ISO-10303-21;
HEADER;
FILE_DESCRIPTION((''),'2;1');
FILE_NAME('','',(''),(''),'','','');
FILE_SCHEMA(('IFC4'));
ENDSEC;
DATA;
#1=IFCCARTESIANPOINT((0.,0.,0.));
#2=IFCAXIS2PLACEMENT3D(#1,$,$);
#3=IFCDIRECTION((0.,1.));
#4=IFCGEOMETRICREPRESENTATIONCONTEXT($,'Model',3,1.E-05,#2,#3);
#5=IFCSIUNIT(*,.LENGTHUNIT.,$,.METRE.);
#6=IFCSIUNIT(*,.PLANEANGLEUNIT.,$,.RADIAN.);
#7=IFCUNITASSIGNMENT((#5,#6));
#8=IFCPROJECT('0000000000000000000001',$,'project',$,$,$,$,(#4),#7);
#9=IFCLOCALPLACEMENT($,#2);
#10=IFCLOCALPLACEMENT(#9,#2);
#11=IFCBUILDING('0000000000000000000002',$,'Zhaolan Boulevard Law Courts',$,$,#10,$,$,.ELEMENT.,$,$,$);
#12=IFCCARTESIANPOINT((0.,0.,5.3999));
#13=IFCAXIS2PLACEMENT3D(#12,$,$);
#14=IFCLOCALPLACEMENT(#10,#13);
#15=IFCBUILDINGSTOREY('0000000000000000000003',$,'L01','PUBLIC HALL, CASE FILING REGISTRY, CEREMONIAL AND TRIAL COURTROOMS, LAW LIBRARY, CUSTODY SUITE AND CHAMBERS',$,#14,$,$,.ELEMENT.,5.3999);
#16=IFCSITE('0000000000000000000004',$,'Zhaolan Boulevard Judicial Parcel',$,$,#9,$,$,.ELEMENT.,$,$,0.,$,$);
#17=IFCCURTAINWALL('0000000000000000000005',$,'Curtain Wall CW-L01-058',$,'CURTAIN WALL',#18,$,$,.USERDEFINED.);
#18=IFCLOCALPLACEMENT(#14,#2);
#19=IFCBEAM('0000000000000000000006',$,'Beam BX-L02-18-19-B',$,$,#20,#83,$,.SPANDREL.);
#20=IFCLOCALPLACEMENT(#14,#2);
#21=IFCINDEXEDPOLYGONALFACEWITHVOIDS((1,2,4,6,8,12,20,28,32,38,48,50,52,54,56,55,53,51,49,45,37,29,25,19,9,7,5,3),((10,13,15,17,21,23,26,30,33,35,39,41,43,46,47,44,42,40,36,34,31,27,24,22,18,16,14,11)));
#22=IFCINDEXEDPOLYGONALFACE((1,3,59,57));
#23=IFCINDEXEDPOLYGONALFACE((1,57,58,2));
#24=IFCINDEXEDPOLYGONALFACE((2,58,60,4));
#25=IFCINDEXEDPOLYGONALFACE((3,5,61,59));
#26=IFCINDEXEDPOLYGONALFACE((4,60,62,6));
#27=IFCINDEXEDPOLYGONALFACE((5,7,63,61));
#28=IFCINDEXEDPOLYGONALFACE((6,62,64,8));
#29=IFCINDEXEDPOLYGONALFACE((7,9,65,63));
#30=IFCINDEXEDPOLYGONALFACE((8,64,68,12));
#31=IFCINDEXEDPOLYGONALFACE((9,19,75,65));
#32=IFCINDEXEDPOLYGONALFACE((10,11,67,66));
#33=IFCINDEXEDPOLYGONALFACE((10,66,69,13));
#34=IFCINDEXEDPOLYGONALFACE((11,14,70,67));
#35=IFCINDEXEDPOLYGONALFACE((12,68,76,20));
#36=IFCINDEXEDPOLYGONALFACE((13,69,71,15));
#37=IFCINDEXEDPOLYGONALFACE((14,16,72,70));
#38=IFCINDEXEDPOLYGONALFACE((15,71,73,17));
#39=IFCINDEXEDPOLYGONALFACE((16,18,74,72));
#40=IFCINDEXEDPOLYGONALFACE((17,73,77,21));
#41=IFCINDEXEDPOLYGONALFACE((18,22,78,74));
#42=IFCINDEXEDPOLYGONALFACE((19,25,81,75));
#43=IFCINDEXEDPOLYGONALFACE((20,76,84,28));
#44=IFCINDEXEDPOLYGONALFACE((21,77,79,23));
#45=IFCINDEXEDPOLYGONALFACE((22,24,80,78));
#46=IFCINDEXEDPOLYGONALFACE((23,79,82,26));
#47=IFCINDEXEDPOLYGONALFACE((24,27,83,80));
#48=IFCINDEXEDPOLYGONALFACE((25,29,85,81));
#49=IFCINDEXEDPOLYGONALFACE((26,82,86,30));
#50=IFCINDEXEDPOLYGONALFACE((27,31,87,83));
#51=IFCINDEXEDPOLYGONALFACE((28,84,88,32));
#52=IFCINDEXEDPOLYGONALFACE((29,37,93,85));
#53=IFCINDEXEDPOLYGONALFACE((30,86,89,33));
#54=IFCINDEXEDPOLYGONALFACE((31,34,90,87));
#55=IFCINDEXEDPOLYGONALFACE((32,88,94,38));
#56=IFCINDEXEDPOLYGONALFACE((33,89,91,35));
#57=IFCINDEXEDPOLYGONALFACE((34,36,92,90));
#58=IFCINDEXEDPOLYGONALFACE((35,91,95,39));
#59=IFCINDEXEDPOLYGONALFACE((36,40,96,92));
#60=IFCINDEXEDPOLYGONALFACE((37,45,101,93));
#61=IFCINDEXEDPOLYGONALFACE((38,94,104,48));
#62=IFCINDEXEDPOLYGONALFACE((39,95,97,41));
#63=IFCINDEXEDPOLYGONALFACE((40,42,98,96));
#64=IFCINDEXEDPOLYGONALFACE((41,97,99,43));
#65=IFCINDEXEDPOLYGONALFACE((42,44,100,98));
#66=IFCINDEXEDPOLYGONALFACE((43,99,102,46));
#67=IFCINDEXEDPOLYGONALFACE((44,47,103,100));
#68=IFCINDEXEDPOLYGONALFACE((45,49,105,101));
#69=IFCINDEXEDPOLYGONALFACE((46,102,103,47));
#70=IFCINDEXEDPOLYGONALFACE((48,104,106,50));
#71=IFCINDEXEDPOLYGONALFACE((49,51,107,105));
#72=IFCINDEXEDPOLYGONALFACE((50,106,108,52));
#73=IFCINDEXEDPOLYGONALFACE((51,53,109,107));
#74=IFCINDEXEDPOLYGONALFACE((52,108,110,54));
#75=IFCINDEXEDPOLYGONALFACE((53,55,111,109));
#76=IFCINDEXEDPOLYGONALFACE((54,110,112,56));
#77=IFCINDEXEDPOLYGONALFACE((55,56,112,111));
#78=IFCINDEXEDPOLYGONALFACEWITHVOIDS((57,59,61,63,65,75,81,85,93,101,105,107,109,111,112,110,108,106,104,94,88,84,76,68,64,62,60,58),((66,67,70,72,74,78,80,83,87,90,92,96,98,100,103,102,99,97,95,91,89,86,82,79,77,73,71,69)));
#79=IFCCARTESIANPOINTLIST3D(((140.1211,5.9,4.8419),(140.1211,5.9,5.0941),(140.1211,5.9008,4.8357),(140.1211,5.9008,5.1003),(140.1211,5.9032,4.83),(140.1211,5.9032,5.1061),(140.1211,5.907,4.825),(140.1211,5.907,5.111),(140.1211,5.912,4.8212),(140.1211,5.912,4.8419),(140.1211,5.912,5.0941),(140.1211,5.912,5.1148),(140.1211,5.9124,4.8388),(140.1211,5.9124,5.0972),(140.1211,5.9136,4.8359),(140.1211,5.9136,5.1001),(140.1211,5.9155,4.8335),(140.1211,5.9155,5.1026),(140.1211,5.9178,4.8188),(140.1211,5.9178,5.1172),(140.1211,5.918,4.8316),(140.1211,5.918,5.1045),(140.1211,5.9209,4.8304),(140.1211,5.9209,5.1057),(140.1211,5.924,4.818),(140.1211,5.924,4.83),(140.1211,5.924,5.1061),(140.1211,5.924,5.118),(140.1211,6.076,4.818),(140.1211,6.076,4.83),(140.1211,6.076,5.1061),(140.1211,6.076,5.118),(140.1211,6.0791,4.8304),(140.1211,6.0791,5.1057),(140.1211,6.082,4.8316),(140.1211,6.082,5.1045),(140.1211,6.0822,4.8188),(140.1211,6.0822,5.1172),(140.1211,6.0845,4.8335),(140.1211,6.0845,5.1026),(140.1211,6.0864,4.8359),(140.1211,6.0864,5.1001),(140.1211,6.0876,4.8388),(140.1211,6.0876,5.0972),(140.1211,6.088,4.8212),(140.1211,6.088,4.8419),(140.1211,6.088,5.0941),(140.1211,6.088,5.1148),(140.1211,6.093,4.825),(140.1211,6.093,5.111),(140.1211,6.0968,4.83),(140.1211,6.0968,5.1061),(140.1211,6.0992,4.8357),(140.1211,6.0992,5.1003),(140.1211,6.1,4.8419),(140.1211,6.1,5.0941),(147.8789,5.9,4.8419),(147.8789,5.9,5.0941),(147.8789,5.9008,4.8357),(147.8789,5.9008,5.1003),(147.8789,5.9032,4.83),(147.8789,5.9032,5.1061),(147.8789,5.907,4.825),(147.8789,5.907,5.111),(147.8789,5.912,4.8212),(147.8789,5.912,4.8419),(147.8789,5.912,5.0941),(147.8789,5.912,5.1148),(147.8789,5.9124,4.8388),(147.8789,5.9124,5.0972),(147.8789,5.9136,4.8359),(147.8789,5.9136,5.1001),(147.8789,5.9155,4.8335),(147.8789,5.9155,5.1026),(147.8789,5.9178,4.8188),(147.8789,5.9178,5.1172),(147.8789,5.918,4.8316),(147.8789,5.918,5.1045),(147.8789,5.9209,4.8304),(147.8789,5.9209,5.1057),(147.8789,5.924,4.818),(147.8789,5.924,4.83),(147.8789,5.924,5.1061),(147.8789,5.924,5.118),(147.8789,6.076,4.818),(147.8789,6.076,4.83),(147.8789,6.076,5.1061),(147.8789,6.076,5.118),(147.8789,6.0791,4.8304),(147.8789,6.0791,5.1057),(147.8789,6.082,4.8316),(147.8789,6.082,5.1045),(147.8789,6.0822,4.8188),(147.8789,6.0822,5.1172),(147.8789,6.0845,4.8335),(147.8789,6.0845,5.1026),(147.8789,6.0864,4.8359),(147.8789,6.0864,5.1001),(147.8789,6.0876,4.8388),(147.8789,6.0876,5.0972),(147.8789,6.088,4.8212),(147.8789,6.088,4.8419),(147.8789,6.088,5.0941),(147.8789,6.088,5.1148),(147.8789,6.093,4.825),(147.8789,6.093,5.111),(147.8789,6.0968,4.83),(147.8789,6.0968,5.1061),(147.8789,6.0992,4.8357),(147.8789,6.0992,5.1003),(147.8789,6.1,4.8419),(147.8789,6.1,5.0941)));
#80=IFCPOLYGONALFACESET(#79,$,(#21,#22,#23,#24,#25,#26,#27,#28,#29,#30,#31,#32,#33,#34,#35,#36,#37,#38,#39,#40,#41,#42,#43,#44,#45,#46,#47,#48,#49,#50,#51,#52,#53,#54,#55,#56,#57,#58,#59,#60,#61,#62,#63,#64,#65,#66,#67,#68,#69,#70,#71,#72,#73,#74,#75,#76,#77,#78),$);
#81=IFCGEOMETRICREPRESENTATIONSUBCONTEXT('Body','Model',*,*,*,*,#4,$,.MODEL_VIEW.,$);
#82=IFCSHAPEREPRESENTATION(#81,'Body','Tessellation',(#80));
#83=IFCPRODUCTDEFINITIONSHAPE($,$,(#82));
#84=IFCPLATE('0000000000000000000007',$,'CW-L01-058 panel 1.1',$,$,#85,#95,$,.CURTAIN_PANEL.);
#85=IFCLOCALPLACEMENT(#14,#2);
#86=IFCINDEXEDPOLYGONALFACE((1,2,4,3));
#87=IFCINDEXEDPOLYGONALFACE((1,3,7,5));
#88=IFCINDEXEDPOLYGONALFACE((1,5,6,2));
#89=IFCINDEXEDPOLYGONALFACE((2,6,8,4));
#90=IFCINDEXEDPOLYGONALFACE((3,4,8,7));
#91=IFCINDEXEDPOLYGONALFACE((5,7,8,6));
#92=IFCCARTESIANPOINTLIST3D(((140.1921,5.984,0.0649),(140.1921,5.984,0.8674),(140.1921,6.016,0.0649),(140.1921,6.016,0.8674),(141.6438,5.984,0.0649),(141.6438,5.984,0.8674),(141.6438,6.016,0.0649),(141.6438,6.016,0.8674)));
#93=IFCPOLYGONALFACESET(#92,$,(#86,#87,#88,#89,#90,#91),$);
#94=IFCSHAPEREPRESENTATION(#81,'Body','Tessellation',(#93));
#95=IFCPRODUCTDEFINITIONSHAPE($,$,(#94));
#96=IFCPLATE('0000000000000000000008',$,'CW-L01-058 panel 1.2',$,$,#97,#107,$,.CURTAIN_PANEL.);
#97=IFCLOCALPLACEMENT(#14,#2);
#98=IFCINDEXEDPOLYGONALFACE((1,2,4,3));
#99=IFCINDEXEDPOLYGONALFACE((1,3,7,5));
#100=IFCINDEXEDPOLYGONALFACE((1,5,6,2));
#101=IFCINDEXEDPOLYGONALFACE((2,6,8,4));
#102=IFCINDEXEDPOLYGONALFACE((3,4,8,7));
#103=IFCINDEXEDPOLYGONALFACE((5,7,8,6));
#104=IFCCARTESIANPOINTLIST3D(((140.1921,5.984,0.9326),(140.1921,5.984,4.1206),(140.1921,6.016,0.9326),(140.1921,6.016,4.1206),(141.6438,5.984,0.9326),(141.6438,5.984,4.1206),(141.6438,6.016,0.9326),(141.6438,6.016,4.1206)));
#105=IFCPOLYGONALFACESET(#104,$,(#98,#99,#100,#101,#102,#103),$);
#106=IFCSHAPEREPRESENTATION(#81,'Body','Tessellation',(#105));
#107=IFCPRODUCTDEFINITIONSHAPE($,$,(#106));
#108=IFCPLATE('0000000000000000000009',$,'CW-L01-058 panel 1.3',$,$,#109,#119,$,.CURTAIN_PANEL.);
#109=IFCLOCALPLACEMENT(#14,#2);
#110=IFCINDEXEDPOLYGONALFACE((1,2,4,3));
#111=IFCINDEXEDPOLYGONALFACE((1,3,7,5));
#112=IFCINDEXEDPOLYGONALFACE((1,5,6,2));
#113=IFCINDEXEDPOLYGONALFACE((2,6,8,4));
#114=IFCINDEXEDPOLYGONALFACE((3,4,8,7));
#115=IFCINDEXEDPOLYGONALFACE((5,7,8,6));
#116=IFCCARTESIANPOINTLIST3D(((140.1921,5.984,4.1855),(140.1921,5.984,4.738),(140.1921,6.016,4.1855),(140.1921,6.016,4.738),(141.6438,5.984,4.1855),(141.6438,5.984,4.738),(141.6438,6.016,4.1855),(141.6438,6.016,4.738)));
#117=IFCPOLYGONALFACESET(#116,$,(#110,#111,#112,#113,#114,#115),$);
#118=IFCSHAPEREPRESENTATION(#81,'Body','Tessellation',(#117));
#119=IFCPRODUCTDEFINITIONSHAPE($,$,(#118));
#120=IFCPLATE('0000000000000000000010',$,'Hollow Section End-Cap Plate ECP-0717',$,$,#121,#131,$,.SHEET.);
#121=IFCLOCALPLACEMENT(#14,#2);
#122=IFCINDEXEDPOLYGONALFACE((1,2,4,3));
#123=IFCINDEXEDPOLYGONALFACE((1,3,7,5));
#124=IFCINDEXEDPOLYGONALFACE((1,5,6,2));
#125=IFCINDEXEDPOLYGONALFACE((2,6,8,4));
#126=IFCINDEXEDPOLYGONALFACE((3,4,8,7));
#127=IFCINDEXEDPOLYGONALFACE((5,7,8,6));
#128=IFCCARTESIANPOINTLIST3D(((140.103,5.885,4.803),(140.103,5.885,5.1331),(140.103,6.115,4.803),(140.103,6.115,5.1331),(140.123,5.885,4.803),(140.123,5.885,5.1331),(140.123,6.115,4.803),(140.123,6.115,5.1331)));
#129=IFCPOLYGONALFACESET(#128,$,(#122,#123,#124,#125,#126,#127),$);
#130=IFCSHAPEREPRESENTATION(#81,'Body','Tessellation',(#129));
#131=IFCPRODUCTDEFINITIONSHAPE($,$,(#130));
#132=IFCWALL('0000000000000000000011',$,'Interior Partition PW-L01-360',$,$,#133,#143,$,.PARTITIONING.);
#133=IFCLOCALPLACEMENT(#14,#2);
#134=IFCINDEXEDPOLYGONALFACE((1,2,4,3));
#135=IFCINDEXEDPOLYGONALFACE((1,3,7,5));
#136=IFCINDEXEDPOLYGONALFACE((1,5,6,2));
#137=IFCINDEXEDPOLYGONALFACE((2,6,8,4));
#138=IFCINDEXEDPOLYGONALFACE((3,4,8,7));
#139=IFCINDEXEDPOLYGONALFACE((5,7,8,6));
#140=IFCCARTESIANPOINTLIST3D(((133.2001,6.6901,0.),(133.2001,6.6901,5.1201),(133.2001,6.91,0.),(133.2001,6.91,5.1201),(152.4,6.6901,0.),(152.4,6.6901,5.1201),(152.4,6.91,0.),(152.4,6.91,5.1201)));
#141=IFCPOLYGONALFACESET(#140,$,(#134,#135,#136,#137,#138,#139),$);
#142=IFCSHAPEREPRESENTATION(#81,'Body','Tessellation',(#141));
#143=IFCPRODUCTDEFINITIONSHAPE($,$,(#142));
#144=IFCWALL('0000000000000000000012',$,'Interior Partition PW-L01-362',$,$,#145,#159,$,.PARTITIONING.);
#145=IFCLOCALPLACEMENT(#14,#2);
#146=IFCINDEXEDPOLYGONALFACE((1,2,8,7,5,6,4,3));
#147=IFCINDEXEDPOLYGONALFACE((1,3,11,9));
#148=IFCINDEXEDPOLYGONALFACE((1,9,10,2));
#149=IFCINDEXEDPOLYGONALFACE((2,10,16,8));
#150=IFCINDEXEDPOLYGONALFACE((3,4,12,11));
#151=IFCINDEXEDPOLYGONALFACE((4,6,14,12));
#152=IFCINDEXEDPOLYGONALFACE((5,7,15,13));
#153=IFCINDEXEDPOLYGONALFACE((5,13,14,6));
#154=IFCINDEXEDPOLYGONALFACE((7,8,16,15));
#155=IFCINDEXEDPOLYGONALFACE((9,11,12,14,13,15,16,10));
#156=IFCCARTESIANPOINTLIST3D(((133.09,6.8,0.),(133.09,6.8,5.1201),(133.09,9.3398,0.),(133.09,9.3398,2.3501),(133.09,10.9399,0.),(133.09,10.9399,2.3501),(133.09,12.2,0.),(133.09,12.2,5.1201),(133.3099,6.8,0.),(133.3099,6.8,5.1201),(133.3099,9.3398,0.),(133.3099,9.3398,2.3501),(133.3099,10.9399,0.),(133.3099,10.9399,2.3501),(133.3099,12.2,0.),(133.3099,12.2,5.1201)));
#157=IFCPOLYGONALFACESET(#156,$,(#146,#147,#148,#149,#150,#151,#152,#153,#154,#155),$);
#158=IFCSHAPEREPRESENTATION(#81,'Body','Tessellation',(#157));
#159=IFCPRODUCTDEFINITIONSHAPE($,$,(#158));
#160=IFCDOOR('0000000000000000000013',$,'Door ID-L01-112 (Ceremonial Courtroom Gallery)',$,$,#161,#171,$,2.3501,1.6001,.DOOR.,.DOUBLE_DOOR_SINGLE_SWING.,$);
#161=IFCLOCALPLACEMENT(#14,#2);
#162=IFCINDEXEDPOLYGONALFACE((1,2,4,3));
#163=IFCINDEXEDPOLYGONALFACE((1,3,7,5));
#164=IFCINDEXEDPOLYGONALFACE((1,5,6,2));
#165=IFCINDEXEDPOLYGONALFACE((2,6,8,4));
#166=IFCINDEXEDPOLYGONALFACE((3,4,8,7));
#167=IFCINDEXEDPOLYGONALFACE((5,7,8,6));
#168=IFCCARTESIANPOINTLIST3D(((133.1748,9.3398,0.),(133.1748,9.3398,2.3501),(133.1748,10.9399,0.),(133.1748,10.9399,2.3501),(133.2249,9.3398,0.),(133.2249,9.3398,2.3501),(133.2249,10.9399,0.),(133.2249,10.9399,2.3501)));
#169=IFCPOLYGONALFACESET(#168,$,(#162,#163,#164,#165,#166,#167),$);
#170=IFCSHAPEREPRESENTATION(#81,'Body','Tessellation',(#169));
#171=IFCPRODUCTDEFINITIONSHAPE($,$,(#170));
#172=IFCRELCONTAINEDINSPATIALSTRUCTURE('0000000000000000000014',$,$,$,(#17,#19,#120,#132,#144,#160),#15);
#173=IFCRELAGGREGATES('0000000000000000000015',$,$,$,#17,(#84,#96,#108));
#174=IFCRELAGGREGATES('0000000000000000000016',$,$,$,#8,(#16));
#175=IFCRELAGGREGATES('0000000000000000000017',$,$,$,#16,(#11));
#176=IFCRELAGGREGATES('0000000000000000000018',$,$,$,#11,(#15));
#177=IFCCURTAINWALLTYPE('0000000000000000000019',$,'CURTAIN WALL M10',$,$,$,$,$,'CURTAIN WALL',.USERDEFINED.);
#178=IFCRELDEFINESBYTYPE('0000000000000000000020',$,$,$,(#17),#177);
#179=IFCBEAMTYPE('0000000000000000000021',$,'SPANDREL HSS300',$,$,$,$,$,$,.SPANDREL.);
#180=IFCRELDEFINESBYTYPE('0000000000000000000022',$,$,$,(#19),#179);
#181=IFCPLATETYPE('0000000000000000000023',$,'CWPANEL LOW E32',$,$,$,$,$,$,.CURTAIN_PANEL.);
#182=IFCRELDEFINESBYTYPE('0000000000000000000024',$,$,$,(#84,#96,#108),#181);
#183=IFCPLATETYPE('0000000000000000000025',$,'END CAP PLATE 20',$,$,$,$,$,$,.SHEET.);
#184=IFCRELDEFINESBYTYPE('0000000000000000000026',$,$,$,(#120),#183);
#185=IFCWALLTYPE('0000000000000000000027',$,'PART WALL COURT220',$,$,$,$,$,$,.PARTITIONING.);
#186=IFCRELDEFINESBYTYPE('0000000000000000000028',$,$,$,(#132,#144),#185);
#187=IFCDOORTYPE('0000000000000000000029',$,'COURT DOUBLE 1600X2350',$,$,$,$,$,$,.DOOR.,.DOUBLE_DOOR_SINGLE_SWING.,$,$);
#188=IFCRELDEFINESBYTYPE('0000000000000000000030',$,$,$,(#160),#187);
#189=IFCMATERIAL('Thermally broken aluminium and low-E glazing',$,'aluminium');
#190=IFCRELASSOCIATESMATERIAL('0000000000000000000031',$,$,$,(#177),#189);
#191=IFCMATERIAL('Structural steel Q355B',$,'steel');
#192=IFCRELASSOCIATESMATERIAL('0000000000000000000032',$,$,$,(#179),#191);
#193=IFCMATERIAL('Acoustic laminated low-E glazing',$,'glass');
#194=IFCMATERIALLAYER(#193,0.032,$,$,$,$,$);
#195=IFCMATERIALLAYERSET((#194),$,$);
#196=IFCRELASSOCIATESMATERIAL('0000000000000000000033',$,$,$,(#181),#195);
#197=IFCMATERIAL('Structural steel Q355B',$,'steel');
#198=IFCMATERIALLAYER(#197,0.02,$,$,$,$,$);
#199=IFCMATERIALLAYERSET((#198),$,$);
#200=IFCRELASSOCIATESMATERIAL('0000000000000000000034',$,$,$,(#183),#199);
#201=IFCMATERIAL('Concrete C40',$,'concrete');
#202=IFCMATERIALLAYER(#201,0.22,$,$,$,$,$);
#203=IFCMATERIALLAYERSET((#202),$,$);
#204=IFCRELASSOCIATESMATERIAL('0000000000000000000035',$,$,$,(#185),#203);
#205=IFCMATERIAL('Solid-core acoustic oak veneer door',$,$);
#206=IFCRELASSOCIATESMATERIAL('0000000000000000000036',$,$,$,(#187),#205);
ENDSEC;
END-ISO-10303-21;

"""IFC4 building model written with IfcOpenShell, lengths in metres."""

from ifc_helpers import new_model, si_unit, direction, frame, frame_2d, origin, origin_2d, place, context, subcontext, project, spatial, rectangle, hollow_rectangle, extrude, material, layer, layer_set, material_profile, profile_set, type_object, element, fill, aggregate, save


model = new_model("IFC4")

# Units and contexts
model_context = context("Model", 3, precision=1e-05, world=origin(), true_north=direction((0.0, 1.0)))
body_context = subcontext(model_context, "Body", "Model", "MODEL_VIEW")
ifc_project = project(units=[si_unit("LENGTHUNIT", "METRE"), si_unit("PLANEANGLEUNIT", "RADIAN")], contexts=[model_context])

# Site, building, storey
site_placement = place(None, origin())
site = spatial("IfcSite", under=ifc_project, at=site_placement, Name="Zhaolan Boulevard Judicial Parcel", CompositionType="ELEMENT", RefElevation=0.0)
building_placement = place(site_placement, origin())
building = spatial("IfcBuilding", under=site, at=building_placement, Name="Zhaolan Boulevard Law Courts", CompositionType="ELEMENT")
storey_placement = place(building_placement, frame((0.0, 0.0, 5.3999)))
storey = spatial("IfcBuildingStorey", under=building, at=storey_placement, Name="L01", Description="PUBLIC HALL, CASE FILING REGISTRY, CEREMONIAL AND TRIAL COURTROOMS, LAW LIBRARY, CUSTODY SUITE AND CHAMBERS", CompositionType="ELEMENT", Elevation=5.3999)

# Curtain wall
ifc_material_1 = material(Name="Thermally broken aluminium and low-E glazing", Category="aluminium")
curtain_wall_type = type_object("IfcCurtainWallType", Name="CURTAIN WALL M10", ElementType="CURTAIN WALL", PredefinedType="USERDEFINED", material=ifc_material_1)
curtain_wall_placement = place(storey_placement, origin())
curtain_wall = element("IfcCurtainWall", 1, at=curtain_wall_placement, inside=storey, type_object=curtain_wall_type, Name="Curtain Wall CW-L01-058", ObjectType="CURTAIN WALL", PredefinedType="USERDEFINED")

# Beam
ifc_material_2 = material(Name="Structural steel Q355B", Category="steel")
ifc_material_profile_1 = material_profile(ifc_material_2, hollow_rectangle(XDim=0.2, YDim=0.3, WallThickness=0.012, InnerFilletRadius=0.012, OuterFilletRadius=0.0239, at=origin_2d()), Name="HSS300x200x12")
ifc_profile_set_1 = profile_set([ifc_material_profile_1], Name="Structural steel Q355B")
beam_type_1 = type_object("IfcBeamType", Name="SPANDREL HSS300", PredefinedType="SPANDREL", material=ifc_profile_set_1)
beam_placement = place(storey_placement, frame((140.1211, 6.0, 4.968), z_axis=(1.0, 0.0, 0.0), x_axis=(0.0, 1.0, 0.0)))
element("IfcBeam", 2, at=beam_placement, inside=storey, type_object=beam_type_1, Name="Beam BX-L02-18-19-B", PredefinedType="SPANDREL", context=body_context, shape_type="SweptSolid", body=[
    extrude(hollow_rectangle(XDim=0.2, YDim=0.3, WallThickness=0.012, InnerFilletRadius=0.012, OuterFilletRadius=0.0239, at=origin_2d()), origin(), (0.0, 0.0, 1.0), 7.7578),
])

# Plates
ifc_material_3 = material(Name="Acoustic laminated low-E glazing", Category="glass")
ifc_layer_1 = layer(ifc_material_3, 0.032)
ifc_layer_set_1 = layer_set([ifc_layer_1])
plate_type_1 = type_object("IfcPlateType", Name="CWPANEL LOW E32", PredefinedType="CURTAIN_PANEL", material=ifc_layer_set_1)
plate_1_placement = place(storey_placement, frame((140.918, 6.0, 0.0649), z_axis=(0.0, 0.0, 1.0), x_axis=(1.0, 0.0, 0.0)))
plate_1 = element("IfcPlate", 3, at=plate_1_placement, type_object=plate_type_1, Name="CW-L01-058 panel 1.1", PredefinedType="CURTAIN_PANEL", context=body_context, shape_type="SweptSolid", body=[
    extrude(rectangle(XDim=1.4517, YDim=0.032, at=origin_2d()), origin(), (0.0, 0.0, 1.0), 0.8025),
])
plate_2_placement = place(storey_placement, frame((140.918, 6.0, 0.9326), z_axis=(0.0, 0.0, 1.0), x_axis=(1.0, 0.0, 0.0)))
plate_2 = element("IfcPlate", 4, at=plate_2_placement, type_object=plate_type_1, Name="CW-L01-058 panel 1.2", PredefinedType="CURTAIN_PANEL", context=body_context, shape_type="SweptSolid", body=[
    extrude(rectangle(XDim=1.4517, YDim=0.032, at=origin_2d()), origin(), (0.0, 0.0, 1.0), 3.188),
])
plate_3_placement = place(storey_placement, frame((140.918, 6.0, 4.1855), z_axis=(0.0, 0.0, 1.0), x_axis=(1.0, 0.0, 0.0)))
plate_3 = element("IfcPlate", 5, at=plate_3_placement, type_object=plate_type_1, Name="CW-L01-058 panel 1.3", PredefinedType="CURTAIN_PANEL", context=body_context, shape_type="SweptSolid", body=[
    extrude(rectangle(XDim=1.4517, YDim=0.032, at=origin_2d()), origin(), (0.0, 0.0, 1.0), 0.5525),
])
aggregate(curtain_wall, [plate_1, plate_2, plate_3])
ifc_material_4 = material(Name="Structural steel Q355B", Category="steel")
ifc_layer_2 = layer(ifc_material_4, 0.02)
ifc_layer_set_2 = layer_set([ifc_layer_2])
plate_type_2 = type_object("IfcPlateType", Name="END CAP PLATE 20", PredefinedType="SHEET", material=ifc_layer_set_2)
plate_4_placement = place(storey_placement, frame((140.113, 6.0, 4.803), z_axis=(0.0, 0.0, 1.0), x_axis=(1.0, 0.0, 0.0)))
element("IfcPlate", 6, at=plate_4_placement, inside=storey, type_object=plate_type_2, Name="Hollow Section End-Cap Plate ECP-0717", PredefinedType="SHEET", context=body_context, shape_type="SweptSolid", body=[
    extrude(rectangle(XDim=0.02, YDim=0.23, at=origin_2d()), origin(), (0.0, 0.0, 1.0), 0.3301),
])

# Wall
ifc_material_5 = material(Name="Concrete C40", Category="concrete")
ifc_layer_3 = layer(ifc_material_5, 0.22)
ifc_layer_set_3 = layer_set([ifc_layer_3])
wall_type = type_object("IfcWallType", Name="PART WALL COURT220", PredefinedType="PARTITIONING", material=ifc_layer_set_3)
wall_1_placement = place(storey_placement, frame((133.2, 6.8, 0.0), z_axis=(0.0, 0.0, 1.0), x_axis=(1.0, 0.0, 0.0)))
element("IfcWall", 7, at=wall_1_placement, inside=storey, type_object=wall_type, Name="Interior Partition PW-L01-360", PredefinedType="PARTITIONING", context=body_context, shape_type="SweptSolid", body=[
    extrude(rectangle(XDim=19.2, YDim=0.22, at=frame_2d((9.6001, 0.0))), origin(), (0.0, 0.0, 1.0), 5.1201),
])

# Wall, opening, door
wall_2_placement = place(storey_placement, frame((133.2, 12.2, 0.0), z_axis=(0.0, 0.0, 1.0), x_axis=(0.0, -1.0, 0.0)))
wall_2 = element("IfcWall", 8, at=wall_2_placement, inside=storey, type_object=wall_type, Name="Interior Partition PW-L01-362", PredefinedType="PARTITIONING", context=body_context, shape_type="SweptSolid", body=[
    extrude(rectangle(XDim=5.3999, YDim=0.22, at=frame_2d((2.7, 0.0))), origin(), (0.0, 0.0, 1.0), 5.1201),
])
opening_placement = place(wall_2_placement, frame((1.26, 0.0, 0.0)))
opening = element("IfcOpeningElement", 9, at=opening_placement, cuts=wall_2, PredefinedType="OPENING", context=body_context, shape_type="SweptSolid", body=[
    extrude(rectangle(XDim=1.6001, YDim=2.3501, at=frame_2d((0.8, 1.175))), frame((0.0, 0.1199, 0.0), z_axis=(0.0, -1.0, 0.0), x_axis=(1.0, 0.0, 0.0)), (0.0, 0.0, 1.0), 0.24),
])
ifc_material_6 = material(Name="Solid-core acoustic oak veneer door")
door_type = type_object("IfcDoorType", Name="COURT DOUBLE 1600X2350", OperationType="DOUBLE_DOOR_SINGLE_SWING", PredefinedType="DOOR", material=ifc_material_6)
door_placement = place(opening_placement, origin())
door = element("IfcDoor", 10, at=door_placement, inside=storey, type_object=door_type, Name="Door ID-L01-112 (Ceremonial Courtroom Gallery)", OperationType="DOUBLE_DOOR_SINGLE_SWING", OverallHeight=2.3501, OverallWidth=1.6001, PredefinedType="DOOR", context=body_context, shape_type="SweptSolid", body=[
    extrude(rectangle(XDim=1.6001, YDim=2.3501, at=frame_2d((0.8, 1.175))), frame((0.0, 0.0249, 0.0), z_axis=(0.0, -1.0, 0.0), x_axis=(1.0, 0.0, 0.0)), (0.0, 0.0, 1.0), 0.05),
])
fill(opening, door)

save(model, "model.ifc")
